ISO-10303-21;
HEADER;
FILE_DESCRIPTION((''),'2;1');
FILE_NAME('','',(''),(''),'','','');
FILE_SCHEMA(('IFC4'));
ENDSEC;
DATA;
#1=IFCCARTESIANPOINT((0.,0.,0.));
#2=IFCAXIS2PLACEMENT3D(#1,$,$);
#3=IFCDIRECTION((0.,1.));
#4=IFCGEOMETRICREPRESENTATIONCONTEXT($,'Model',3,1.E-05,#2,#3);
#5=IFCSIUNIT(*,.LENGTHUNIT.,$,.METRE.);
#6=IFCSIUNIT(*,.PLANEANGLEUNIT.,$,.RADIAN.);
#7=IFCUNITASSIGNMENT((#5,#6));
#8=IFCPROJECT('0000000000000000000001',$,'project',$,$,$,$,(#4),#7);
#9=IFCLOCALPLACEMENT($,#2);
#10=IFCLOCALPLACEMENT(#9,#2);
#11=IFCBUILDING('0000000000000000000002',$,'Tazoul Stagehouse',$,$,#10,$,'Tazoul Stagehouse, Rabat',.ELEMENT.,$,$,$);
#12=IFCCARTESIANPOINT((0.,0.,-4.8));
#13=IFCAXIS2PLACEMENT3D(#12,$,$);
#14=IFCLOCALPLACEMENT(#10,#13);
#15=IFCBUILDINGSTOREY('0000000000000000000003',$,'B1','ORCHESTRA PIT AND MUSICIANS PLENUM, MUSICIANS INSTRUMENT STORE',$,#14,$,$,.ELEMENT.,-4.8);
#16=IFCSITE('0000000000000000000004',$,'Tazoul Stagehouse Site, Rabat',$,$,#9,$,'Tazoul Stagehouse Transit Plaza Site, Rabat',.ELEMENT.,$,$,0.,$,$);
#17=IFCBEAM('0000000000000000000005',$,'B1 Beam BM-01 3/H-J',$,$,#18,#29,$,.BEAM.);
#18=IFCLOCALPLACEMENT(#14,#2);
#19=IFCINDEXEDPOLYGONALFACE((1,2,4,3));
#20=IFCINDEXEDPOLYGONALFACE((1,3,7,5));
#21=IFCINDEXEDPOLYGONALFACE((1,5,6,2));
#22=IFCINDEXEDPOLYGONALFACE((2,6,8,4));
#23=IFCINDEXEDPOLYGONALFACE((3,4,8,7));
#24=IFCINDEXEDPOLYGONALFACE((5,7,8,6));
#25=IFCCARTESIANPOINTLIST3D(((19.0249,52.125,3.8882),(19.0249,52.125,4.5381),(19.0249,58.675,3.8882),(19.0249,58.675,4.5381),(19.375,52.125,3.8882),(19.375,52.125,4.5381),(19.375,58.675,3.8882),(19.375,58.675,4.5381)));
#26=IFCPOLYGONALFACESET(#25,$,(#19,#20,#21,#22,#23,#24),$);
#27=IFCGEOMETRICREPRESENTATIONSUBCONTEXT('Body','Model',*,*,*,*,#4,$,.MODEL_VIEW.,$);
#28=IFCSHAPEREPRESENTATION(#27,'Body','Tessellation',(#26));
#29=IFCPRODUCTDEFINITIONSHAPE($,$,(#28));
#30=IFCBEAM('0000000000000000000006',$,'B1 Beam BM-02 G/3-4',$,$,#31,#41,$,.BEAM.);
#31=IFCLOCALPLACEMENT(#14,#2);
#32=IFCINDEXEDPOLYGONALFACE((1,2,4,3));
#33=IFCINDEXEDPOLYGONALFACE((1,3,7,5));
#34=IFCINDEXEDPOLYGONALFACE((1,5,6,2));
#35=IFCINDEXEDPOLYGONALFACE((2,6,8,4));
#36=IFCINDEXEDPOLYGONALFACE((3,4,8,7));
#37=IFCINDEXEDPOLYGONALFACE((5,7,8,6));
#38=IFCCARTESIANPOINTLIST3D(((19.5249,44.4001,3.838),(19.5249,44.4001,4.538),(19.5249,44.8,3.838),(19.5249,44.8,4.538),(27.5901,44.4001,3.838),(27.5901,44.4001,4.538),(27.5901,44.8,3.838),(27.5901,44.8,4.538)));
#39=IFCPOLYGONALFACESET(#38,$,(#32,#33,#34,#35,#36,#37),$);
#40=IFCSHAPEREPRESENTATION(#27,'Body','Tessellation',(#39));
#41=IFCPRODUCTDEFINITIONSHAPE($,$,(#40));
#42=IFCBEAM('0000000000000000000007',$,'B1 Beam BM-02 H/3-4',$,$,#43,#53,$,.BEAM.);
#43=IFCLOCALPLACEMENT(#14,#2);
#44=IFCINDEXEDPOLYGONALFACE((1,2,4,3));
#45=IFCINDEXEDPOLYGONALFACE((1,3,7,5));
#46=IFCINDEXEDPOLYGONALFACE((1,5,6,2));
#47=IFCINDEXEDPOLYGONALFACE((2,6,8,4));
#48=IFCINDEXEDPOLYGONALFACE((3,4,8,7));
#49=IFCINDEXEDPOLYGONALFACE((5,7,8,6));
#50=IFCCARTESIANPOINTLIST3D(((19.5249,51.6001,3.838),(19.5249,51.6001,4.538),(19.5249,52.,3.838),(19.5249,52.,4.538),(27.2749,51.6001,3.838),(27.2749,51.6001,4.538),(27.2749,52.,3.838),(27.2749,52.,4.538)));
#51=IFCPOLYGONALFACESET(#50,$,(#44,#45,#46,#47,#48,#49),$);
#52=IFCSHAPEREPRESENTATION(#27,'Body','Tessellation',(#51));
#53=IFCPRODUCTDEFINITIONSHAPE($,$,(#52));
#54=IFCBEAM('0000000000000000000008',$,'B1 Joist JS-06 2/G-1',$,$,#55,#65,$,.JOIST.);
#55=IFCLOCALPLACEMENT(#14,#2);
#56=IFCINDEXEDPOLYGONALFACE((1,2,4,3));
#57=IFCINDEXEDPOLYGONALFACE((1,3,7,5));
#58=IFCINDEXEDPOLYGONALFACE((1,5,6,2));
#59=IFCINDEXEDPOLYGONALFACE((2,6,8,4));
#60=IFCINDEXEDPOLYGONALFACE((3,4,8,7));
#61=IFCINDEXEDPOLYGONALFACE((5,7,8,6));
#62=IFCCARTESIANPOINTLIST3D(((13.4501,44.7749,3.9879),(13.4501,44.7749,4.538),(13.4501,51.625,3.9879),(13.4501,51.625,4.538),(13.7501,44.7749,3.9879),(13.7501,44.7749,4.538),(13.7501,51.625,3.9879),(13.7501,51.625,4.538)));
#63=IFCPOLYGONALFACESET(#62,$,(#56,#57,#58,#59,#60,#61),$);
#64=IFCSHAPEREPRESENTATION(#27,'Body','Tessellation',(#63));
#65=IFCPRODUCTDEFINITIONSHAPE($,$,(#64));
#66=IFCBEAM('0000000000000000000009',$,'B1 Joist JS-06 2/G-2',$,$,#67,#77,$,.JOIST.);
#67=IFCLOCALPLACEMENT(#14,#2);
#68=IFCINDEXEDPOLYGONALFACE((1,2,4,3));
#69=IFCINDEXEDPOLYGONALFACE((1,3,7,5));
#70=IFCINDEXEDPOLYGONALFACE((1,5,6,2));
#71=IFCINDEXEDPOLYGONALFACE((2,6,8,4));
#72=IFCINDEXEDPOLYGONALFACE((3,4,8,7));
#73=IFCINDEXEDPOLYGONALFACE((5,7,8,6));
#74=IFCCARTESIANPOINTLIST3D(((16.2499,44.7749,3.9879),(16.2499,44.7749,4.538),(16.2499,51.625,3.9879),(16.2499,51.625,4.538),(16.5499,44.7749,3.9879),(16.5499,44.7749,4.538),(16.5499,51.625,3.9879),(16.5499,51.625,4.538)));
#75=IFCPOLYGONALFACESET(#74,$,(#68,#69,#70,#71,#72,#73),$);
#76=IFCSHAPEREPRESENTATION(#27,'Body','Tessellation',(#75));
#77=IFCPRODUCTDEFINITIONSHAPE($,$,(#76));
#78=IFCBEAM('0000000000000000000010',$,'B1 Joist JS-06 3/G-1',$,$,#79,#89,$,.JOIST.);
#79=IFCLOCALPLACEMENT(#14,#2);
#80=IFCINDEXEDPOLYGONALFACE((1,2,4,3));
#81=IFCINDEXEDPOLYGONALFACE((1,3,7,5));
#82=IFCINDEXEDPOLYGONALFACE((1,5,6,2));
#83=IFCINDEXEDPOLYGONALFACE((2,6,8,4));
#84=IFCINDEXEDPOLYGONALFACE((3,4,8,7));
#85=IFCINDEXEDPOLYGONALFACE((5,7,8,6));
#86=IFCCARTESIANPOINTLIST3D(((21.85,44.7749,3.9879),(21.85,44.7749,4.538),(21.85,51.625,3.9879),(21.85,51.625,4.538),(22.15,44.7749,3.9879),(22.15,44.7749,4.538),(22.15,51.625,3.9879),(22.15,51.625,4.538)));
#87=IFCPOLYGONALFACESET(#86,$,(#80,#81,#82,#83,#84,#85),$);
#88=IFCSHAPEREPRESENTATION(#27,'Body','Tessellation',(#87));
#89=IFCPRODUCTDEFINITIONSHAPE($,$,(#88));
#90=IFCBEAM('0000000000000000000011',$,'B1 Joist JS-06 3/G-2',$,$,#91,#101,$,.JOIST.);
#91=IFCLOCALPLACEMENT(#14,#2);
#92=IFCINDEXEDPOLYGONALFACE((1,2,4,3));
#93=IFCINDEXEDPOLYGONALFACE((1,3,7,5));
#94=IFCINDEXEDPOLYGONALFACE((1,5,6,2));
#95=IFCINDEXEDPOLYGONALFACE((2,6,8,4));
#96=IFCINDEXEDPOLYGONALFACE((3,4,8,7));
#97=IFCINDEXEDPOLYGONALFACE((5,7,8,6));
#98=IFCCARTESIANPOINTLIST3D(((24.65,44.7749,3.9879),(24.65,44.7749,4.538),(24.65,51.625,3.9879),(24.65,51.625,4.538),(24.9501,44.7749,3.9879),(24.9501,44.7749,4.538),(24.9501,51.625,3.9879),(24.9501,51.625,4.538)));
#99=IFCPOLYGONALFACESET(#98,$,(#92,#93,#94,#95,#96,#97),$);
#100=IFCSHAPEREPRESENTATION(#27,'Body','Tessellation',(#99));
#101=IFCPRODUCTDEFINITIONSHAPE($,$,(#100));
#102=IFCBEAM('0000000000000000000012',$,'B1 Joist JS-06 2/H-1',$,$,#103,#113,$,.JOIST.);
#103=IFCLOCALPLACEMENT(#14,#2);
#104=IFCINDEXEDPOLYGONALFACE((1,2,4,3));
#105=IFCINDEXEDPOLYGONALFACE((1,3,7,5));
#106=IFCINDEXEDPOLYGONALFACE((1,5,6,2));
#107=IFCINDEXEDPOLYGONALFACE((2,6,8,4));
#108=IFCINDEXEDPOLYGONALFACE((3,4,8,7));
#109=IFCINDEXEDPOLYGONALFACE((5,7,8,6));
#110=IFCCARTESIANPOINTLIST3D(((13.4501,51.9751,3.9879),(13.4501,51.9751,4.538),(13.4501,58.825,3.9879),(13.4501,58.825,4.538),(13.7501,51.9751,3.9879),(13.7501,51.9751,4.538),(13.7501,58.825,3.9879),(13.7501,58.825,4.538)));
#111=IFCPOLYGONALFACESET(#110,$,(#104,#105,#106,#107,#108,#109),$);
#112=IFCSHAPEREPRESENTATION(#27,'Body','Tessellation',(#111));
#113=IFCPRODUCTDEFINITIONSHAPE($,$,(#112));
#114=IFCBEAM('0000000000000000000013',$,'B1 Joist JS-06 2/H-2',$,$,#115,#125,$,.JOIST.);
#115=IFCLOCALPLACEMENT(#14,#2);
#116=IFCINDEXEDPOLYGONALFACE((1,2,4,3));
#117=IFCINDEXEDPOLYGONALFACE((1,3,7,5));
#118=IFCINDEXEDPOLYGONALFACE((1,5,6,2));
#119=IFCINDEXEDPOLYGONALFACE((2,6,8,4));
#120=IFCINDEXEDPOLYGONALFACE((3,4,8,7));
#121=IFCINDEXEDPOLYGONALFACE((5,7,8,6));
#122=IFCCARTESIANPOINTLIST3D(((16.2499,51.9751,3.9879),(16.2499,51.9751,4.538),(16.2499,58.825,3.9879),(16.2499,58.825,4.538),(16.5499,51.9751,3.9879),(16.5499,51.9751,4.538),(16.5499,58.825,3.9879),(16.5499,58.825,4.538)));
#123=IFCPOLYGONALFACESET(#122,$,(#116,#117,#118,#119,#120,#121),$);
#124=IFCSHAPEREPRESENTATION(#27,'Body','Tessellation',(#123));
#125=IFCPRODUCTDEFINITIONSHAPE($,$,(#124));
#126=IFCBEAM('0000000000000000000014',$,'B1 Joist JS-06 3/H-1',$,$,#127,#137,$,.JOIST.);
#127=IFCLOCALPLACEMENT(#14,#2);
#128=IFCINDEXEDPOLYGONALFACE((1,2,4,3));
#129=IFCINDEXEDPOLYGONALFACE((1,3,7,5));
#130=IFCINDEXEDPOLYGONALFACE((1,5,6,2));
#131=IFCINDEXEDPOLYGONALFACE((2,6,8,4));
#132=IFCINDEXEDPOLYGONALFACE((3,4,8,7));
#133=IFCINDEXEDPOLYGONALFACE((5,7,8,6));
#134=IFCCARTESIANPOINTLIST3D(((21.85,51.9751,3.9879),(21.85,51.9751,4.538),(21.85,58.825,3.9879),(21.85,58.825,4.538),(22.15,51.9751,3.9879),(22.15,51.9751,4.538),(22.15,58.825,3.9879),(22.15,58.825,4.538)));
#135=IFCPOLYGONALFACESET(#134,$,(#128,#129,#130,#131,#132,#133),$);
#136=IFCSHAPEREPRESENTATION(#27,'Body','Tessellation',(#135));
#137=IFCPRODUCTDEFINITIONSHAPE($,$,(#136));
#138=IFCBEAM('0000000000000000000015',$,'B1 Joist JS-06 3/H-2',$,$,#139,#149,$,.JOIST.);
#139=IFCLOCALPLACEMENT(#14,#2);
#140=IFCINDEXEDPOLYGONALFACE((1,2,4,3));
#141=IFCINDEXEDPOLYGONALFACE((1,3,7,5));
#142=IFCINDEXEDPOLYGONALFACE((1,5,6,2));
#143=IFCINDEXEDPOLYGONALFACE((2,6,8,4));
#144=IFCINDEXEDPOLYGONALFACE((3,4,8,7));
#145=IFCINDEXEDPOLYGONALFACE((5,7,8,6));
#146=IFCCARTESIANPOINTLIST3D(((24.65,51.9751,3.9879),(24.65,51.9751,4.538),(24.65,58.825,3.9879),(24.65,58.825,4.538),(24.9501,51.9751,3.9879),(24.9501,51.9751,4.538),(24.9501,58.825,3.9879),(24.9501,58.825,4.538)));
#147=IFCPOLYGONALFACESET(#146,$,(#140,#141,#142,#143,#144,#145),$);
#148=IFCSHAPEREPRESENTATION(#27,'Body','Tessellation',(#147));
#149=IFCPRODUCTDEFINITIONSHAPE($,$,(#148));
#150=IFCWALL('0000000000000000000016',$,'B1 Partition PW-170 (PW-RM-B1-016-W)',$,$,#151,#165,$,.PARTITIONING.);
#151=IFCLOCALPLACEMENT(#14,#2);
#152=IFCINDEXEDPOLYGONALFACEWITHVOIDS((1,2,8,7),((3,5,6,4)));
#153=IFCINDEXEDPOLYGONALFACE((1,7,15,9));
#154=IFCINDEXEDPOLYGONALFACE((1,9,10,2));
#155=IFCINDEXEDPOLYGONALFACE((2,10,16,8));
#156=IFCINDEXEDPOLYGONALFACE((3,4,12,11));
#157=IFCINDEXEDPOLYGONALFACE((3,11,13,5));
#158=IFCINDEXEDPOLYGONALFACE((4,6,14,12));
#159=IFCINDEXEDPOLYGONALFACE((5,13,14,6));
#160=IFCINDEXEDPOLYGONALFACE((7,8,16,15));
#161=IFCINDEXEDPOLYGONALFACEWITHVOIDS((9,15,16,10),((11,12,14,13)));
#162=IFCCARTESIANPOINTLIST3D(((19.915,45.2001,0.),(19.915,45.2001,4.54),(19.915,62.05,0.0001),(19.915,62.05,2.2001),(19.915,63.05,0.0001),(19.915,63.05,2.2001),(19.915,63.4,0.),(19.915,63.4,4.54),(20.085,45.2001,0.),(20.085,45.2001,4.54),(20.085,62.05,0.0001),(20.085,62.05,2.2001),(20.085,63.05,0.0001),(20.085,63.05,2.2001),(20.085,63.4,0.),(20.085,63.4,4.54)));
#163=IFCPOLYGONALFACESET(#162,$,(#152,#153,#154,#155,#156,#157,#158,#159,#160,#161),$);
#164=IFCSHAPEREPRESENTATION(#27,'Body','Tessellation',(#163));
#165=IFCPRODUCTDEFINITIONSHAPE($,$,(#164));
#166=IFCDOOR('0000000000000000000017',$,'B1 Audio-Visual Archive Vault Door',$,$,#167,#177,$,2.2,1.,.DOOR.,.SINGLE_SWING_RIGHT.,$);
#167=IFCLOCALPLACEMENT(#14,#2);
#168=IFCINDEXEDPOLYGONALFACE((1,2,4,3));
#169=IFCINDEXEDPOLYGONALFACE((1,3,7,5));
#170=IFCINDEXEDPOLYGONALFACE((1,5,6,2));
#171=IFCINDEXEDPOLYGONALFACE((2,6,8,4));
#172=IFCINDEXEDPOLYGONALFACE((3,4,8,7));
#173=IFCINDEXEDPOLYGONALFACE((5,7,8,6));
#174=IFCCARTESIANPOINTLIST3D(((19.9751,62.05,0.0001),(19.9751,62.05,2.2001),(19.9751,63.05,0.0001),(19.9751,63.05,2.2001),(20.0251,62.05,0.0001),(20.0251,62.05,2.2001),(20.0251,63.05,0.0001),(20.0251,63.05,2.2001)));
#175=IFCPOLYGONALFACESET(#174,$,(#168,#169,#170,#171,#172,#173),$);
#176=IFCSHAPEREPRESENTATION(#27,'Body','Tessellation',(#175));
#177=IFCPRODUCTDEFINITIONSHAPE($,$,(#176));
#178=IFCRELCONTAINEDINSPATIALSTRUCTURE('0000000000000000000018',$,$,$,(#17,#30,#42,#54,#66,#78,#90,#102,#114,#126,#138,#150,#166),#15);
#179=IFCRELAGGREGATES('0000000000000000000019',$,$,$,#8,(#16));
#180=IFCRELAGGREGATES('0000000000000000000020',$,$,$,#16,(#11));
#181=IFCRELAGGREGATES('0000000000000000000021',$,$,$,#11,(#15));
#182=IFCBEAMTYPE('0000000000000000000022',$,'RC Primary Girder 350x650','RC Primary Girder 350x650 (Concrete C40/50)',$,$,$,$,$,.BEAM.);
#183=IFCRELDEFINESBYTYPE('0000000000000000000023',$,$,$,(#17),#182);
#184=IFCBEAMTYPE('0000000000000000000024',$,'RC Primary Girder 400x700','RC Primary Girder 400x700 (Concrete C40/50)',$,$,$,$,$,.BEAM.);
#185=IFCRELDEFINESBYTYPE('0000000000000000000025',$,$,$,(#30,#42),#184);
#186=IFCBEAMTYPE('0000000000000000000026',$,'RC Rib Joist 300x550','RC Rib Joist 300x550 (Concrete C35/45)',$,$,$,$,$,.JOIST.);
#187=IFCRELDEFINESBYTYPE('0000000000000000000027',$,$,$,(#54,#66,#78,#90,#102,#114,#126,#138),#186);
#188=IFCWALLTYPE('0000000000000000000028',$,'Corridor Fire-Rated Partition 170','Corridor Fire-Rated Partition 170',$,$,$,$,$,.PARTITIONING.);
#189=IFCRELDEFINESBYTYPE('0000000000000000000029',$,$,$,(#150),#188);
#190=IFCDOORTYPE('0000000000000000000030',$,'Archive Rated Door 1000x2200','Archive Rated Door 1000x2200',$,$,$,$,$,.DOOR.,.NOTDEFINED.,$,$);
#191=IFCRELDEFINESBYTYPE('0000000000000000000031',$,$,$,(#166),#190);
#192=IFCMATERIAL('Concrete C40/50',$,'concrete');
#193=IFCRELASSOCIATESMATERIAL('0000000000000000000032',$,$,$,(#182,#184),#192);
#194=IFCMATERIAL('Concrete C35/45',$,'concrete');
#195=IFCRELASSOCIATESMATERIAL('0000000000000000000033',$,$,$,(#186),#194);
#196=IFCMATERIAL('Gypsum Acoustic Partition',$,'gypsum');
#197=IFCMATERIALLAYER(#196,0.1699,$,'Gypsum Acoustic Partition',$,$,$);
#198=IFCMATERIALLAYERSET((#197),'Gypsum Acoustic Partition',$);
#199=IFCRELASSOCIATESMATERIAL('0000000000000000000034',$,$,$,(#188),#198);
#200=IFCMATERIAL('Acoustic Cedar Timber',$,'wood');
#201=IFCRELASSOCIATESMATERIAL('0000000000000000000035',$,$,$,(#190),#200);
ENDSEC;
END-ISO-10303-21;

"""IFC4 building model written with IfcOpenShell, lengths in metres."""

from ifc_helpers import new_model, si_unit, direction, frame, frame_2d, origin, origin_2d, place, context, subcontext, project, spatial, rectangle, extrude, material, layer, layer_set, material_profile, profile_set, type_object, element, fill, save


model = new_model("IFC4")

# Units and contexts
model_context = context("Model", 3, precision=1e-05, world=origin(), true_north=direction((0.0, 1.0)))
body_context = subcontext(model_context, "Body", "Model", "MODEL_VIEW")
ifc_project = project(units=[si_unit("LENGTHUNIT", "METRE"), si_unit("PLANEANGLEUNIT", "RADIAN")], contexts=[model_context])

# Site, building, storey
site_placement = place(None, origin())
site = spatial("IfcSite", under=ifc_project, at=site_placement, Name="Tazoul Stagehouse Site, Rabat", LongName="Tazoul Stagehouse Transit Plaza Site, Rabat", CompositionType="ELEMENT", RefElevation=0.0)
building_placement = place(site_placement, origin())
building = spatial("IfcBuilding", under=site, at=building_placement, Name="Tazoul Stagehouse", LongName="Tazoul Stagehouse, Rabat", CompositionType="ELEMENT")
storey_placement = place(building_placement, frame((0.0, 0.0, -4.8)))
storey = spatial("IfcBuildingStorey", under=building, at=storey_placement, Name="B1", Description="ORCHESTRA PIT AND MUSICIANS PLENUM, MUSICIANS INSTRUMENT STORE", CompositionType="ELEMENT", Elevation=-4.8)

# Shared definitions
ifc_material_1 = material(Name="Concrete C35/45", Category="concrete")

# Shared definitions
ifc_material_2 = material(Name="Concrete C40/50", Category="concrete")

# Beams
ifc_material_profile_1 = material_profile(ifc_material_2, rectangle(XDim=0.3501, YDim=0.6499, at=origin_2d()), Name="RC 350x650")
ifc_profile_set_1 = profile_set([ifc_material_profile_1], Name="Concrete C40/50")
beam_type_1 = type_object("IfcBeamType", Name="RC Primary Girder 350x650", Description="RC Primary Girder 350x650 (Concrete C40/50)", PredefinedType="BEAM", material=ifc_profile_set_1)
for number, where, z_axis, x_axis, name in (
    (1, (19.2, 52.125, 4.2131), (0.0, 1.0, 0.0), (-1.0, 0.0, 0.0), "B1 Beam BM-01 3/H-J"),
):
    element("IfcBeam", number, at=place(storey_placement, frame(where, z_axis=z_axis, x_axis=x_axis)), inside=storey, type_object=beam_type_1, Name=name, PredefinedType="BEAM", context=body_context, shape_type="SweptSolid", body=[
        extrude(rectangle(XDim=0.3501, YDim=0.6499, at=origin_2d()), origin(), (0.0, 0.0, 1.0), 6.55),
    ])
ifc_material_profile_2 = material_profile(ifc_material_2, rectangle(XDim=0.3999, YDim=0.7, at=origin_2d()), Name="RC 400x700")
ifc_profile_set_2 = profile_set([ifc_material_profile_2], Name="Concrete C40/50")
beam_type_2 = type_object("IfcBeamType", Name="RC Primary Girder 400x700", Description="RC Primary Girder 400x700 (Concrete C40/50)", PredefinedType="BEAM", material=ifc_profile_set_2)
beam_1_placement = place(storey_placement, frame((19.5249, 44.6001, 4.188), z_axis=(1.0, 0.0, 0.0), x_axis=(0.0, 1.0, 0.0)))
element("IfcBeam", 2, at=beam_1_placement, inside=storey, type_object=beam_type_2, Name="B1 Beam BM-02 G/3-4", PredefinedType="BEAM", context=body_context, shape_type="SweptSolid", body=[
    extrude(rectangle(XDim=0.3999, YDim=0.7, at=origin_2d()), origin(), (0.0, 0.0, 1.0), 8.0652),
])
beam_2_placement = place(storey_placement, frame((19.5249, 51.8, 4.188), z_axis=(1.0, 0.0, 0.0), x_axis=(0.0, 1.0, 0.0)))
element("IfcBeam", 3, at=beam_2_placement, inside=storey, type_object=beam_type_2, Name="B1 Beam BM-02 H/3-4", PredefinedType="BEAM", context=body_context, shape_type="SweptSolid", body=[
    extrude(rectangle(XDim=0.3999, YDim=0.7, at=origin_2d()), origin(), (0.0, 0.0, 1.0), 7.75),
])
ifc_material_profile_3 = material_profile(ifc_material_1, rectangle(XDim=0.3, YDim=0.55, at=origin_2d()), Name="RC 300x550")
ifc_profile_set_3 = profile_set([ifc_material_profile_3], Name="Concrete C35/45")
beam_type_3 = type_object("IfcBeamType", Name="RC Rib Joist 300x550", Description="RC Rib Joist 300x550 (Concrete C35/45)", PredefinedType="JOIST", material=ifc_profile_set_3)
for number, where, z_axis, x_axis, name in (
    (4, (13.6001, 44.7749, 4.2629), (0.0, 1.0, 0.0), (-1.0, 0.0, 0.0), "B1 Joist JS-06 2/G-1"),
    (5, (16.3999, 44.7749, 4.2629), (0.0, 1.0, 0.0), (-1.0, 0.0, 0.0), "B1 Joist JS-06 2/G-2"),
    (6, (22.0, 44.7749, 4.2629), (0.0, 1.0, 0.0), (-1.0, 0.0, 0.0), "B1 Joist JS-06 3/G-1"),
    (7, (24.8, 44.7749, 4.2629), (0.0, 1.0, 0.0), (-1.0, 0.0, 0.0), "B1 Joist JS-06 3/G-2"),
):
    element("IfcBeam", number, at=place(storey_placement, frame(where, z_axis=z_axis, x_axis=x_axis)), inside=storey, type_object=beam_type_3, Name=name, PredefinedType="JOIST", context=body_context, shape_type="SweptSolid", body=[
        extrude(rectangle(XDim=0.3, YDim=0.55, at=origin_2d()), origin(), (0.0, 0.0, 1.0), 6.8501),
    ])
for number, where, z_axis, x_axis, name in (
    (8, (13.6001, 51.9751, 4.2629), (0.0, 1.0, 0.0), (-1.0, 0.0, 0.0), "B1 Joist JS-06 2/H-1"),
    (9, (16.3999, 51.9751, 4.2629), (0.0, 1.0, 0.0), (-1.0, 0.0, 0.0), "B1 Joist JS-06 2/H-2"),
    (10, (22.0, 51.9751, 4.2629), (0.0, 1.0, 0.0), (-1.0, 0.0, 0.0), "B1 Joist JS-06 3/H-1"),
    (11, (24.8, 51.9751, 4.2629), (0.0, 1.0, 0.0), (-1.0, 0.0, 0.0), "B1 Joist JS-06 3/H-2"),
):
    element("IfcBeam", number, at=place(storey_placement, frame(where, z_axis=z_axis, x_axis=x_axis)), inside=storey, type_object=beam_type_3, Name=name, PredefinedType="JOIST", context=body_context, shape_type="SweptSolid", body=[
        extrude(rectangle(XDim=0.3, YDim=0.55, at=origin_2d()), origin(), (0.0, 0.0, 1.0), 6.8499),
    ])

# Wall, opening, door
ifc_material_3 = material(Name="Gypsum Acoustic Partition", Category="gypsum")
ifc_layer = layer(ifc_material_3, 0.1699, Name="Gypsum Acoustic Partition")
ifc_layer_set = layer_set([ifc_layer], Name="Gypsum Acoustic Partition")
wall_type = type_object("IfcWallType", Name="Corridor Fire-Rated Partition 170", Description="Corridor Fire-Rated Partition 170", PredefinedType="PARTITIONING", material=ifc_layer_set)
wall_placement = place(storey_placement, frame((20.0, 45.2, 0.0), z_axis=(0.0, 0.0, 1.0), x_axis=(0.0, 1.0, 0.0)))
wall = element("IfcWall", 12, at=wall_placement, inside=storey, type_object=wall_type, Name="B1 Partition PW-170 (PW-RM-B1-016-W)", PredefinedType="PARTITIONING", context=body_context, shape_type="SweptSolid", body=[
    extrude(rectangle(XDim=18.2, YDim=0.1699, at=frame_2d((9.1001, 0.0))), origin(), (0.0, 0.0, 1.0), 4.54),
])
opening_placement = place(wall_placement, frame((16.8501, 0.0, 0.0)))
opening = element("IfcOpeningElement", 13, at=opening_placement, cuts=wall, PredefinedType="OPENING", context=body_context, shape_type="SweptSolid", body=[
    extrude(rectangle(XDim=1.0, YDim=2.2, at=frame_2d((0.5, 1.1001))), frame((0.0, 0.105, 0.0), z_axis=(0.0, -1.0, 0.0), x_axis=(1.0, 0.0, 0.0)), (0.0, 0.0, 1.0), 0.21),
])
ifc_material_4 = material(Name="Acoustic Cedar Timber", Category="wood")
door_type = type_object("IfcDoorType", Name="Archive Rated Door 1000x2200", Description="Archive Rated Door 1000x2200", OperationType="NOTDEFINED", PredefinedType="DOOR", material=ifc_material_4)
door_placement = place(opening_placement, origin())
door = element("IfcDoor", 14, at=door_placement, inside=storey, type_object=door_type, Name="B1 Audio-Visual Archive Vault Door", OperationType="SINGLE_SWING_RIGHT", OverallHeight=2.2, OverallWidth=1.0, PredefinedType="DOOR", context=body_context, shape_type="SweptSolid", body=[
    extrude(rectangle(XDim=1.0, YDim=2.2, at=frame_2d((0.5, 1.1001))), frame((0.0, 0.0249, 0.0), z_axis=(0.0, -1.0, 0.0), x_axis=(1.0, 0.0, 0.0)), (0.0, 0.0, 1.0), 0.05),
])
fill(opening, door)

save(model, "model.ifc")
